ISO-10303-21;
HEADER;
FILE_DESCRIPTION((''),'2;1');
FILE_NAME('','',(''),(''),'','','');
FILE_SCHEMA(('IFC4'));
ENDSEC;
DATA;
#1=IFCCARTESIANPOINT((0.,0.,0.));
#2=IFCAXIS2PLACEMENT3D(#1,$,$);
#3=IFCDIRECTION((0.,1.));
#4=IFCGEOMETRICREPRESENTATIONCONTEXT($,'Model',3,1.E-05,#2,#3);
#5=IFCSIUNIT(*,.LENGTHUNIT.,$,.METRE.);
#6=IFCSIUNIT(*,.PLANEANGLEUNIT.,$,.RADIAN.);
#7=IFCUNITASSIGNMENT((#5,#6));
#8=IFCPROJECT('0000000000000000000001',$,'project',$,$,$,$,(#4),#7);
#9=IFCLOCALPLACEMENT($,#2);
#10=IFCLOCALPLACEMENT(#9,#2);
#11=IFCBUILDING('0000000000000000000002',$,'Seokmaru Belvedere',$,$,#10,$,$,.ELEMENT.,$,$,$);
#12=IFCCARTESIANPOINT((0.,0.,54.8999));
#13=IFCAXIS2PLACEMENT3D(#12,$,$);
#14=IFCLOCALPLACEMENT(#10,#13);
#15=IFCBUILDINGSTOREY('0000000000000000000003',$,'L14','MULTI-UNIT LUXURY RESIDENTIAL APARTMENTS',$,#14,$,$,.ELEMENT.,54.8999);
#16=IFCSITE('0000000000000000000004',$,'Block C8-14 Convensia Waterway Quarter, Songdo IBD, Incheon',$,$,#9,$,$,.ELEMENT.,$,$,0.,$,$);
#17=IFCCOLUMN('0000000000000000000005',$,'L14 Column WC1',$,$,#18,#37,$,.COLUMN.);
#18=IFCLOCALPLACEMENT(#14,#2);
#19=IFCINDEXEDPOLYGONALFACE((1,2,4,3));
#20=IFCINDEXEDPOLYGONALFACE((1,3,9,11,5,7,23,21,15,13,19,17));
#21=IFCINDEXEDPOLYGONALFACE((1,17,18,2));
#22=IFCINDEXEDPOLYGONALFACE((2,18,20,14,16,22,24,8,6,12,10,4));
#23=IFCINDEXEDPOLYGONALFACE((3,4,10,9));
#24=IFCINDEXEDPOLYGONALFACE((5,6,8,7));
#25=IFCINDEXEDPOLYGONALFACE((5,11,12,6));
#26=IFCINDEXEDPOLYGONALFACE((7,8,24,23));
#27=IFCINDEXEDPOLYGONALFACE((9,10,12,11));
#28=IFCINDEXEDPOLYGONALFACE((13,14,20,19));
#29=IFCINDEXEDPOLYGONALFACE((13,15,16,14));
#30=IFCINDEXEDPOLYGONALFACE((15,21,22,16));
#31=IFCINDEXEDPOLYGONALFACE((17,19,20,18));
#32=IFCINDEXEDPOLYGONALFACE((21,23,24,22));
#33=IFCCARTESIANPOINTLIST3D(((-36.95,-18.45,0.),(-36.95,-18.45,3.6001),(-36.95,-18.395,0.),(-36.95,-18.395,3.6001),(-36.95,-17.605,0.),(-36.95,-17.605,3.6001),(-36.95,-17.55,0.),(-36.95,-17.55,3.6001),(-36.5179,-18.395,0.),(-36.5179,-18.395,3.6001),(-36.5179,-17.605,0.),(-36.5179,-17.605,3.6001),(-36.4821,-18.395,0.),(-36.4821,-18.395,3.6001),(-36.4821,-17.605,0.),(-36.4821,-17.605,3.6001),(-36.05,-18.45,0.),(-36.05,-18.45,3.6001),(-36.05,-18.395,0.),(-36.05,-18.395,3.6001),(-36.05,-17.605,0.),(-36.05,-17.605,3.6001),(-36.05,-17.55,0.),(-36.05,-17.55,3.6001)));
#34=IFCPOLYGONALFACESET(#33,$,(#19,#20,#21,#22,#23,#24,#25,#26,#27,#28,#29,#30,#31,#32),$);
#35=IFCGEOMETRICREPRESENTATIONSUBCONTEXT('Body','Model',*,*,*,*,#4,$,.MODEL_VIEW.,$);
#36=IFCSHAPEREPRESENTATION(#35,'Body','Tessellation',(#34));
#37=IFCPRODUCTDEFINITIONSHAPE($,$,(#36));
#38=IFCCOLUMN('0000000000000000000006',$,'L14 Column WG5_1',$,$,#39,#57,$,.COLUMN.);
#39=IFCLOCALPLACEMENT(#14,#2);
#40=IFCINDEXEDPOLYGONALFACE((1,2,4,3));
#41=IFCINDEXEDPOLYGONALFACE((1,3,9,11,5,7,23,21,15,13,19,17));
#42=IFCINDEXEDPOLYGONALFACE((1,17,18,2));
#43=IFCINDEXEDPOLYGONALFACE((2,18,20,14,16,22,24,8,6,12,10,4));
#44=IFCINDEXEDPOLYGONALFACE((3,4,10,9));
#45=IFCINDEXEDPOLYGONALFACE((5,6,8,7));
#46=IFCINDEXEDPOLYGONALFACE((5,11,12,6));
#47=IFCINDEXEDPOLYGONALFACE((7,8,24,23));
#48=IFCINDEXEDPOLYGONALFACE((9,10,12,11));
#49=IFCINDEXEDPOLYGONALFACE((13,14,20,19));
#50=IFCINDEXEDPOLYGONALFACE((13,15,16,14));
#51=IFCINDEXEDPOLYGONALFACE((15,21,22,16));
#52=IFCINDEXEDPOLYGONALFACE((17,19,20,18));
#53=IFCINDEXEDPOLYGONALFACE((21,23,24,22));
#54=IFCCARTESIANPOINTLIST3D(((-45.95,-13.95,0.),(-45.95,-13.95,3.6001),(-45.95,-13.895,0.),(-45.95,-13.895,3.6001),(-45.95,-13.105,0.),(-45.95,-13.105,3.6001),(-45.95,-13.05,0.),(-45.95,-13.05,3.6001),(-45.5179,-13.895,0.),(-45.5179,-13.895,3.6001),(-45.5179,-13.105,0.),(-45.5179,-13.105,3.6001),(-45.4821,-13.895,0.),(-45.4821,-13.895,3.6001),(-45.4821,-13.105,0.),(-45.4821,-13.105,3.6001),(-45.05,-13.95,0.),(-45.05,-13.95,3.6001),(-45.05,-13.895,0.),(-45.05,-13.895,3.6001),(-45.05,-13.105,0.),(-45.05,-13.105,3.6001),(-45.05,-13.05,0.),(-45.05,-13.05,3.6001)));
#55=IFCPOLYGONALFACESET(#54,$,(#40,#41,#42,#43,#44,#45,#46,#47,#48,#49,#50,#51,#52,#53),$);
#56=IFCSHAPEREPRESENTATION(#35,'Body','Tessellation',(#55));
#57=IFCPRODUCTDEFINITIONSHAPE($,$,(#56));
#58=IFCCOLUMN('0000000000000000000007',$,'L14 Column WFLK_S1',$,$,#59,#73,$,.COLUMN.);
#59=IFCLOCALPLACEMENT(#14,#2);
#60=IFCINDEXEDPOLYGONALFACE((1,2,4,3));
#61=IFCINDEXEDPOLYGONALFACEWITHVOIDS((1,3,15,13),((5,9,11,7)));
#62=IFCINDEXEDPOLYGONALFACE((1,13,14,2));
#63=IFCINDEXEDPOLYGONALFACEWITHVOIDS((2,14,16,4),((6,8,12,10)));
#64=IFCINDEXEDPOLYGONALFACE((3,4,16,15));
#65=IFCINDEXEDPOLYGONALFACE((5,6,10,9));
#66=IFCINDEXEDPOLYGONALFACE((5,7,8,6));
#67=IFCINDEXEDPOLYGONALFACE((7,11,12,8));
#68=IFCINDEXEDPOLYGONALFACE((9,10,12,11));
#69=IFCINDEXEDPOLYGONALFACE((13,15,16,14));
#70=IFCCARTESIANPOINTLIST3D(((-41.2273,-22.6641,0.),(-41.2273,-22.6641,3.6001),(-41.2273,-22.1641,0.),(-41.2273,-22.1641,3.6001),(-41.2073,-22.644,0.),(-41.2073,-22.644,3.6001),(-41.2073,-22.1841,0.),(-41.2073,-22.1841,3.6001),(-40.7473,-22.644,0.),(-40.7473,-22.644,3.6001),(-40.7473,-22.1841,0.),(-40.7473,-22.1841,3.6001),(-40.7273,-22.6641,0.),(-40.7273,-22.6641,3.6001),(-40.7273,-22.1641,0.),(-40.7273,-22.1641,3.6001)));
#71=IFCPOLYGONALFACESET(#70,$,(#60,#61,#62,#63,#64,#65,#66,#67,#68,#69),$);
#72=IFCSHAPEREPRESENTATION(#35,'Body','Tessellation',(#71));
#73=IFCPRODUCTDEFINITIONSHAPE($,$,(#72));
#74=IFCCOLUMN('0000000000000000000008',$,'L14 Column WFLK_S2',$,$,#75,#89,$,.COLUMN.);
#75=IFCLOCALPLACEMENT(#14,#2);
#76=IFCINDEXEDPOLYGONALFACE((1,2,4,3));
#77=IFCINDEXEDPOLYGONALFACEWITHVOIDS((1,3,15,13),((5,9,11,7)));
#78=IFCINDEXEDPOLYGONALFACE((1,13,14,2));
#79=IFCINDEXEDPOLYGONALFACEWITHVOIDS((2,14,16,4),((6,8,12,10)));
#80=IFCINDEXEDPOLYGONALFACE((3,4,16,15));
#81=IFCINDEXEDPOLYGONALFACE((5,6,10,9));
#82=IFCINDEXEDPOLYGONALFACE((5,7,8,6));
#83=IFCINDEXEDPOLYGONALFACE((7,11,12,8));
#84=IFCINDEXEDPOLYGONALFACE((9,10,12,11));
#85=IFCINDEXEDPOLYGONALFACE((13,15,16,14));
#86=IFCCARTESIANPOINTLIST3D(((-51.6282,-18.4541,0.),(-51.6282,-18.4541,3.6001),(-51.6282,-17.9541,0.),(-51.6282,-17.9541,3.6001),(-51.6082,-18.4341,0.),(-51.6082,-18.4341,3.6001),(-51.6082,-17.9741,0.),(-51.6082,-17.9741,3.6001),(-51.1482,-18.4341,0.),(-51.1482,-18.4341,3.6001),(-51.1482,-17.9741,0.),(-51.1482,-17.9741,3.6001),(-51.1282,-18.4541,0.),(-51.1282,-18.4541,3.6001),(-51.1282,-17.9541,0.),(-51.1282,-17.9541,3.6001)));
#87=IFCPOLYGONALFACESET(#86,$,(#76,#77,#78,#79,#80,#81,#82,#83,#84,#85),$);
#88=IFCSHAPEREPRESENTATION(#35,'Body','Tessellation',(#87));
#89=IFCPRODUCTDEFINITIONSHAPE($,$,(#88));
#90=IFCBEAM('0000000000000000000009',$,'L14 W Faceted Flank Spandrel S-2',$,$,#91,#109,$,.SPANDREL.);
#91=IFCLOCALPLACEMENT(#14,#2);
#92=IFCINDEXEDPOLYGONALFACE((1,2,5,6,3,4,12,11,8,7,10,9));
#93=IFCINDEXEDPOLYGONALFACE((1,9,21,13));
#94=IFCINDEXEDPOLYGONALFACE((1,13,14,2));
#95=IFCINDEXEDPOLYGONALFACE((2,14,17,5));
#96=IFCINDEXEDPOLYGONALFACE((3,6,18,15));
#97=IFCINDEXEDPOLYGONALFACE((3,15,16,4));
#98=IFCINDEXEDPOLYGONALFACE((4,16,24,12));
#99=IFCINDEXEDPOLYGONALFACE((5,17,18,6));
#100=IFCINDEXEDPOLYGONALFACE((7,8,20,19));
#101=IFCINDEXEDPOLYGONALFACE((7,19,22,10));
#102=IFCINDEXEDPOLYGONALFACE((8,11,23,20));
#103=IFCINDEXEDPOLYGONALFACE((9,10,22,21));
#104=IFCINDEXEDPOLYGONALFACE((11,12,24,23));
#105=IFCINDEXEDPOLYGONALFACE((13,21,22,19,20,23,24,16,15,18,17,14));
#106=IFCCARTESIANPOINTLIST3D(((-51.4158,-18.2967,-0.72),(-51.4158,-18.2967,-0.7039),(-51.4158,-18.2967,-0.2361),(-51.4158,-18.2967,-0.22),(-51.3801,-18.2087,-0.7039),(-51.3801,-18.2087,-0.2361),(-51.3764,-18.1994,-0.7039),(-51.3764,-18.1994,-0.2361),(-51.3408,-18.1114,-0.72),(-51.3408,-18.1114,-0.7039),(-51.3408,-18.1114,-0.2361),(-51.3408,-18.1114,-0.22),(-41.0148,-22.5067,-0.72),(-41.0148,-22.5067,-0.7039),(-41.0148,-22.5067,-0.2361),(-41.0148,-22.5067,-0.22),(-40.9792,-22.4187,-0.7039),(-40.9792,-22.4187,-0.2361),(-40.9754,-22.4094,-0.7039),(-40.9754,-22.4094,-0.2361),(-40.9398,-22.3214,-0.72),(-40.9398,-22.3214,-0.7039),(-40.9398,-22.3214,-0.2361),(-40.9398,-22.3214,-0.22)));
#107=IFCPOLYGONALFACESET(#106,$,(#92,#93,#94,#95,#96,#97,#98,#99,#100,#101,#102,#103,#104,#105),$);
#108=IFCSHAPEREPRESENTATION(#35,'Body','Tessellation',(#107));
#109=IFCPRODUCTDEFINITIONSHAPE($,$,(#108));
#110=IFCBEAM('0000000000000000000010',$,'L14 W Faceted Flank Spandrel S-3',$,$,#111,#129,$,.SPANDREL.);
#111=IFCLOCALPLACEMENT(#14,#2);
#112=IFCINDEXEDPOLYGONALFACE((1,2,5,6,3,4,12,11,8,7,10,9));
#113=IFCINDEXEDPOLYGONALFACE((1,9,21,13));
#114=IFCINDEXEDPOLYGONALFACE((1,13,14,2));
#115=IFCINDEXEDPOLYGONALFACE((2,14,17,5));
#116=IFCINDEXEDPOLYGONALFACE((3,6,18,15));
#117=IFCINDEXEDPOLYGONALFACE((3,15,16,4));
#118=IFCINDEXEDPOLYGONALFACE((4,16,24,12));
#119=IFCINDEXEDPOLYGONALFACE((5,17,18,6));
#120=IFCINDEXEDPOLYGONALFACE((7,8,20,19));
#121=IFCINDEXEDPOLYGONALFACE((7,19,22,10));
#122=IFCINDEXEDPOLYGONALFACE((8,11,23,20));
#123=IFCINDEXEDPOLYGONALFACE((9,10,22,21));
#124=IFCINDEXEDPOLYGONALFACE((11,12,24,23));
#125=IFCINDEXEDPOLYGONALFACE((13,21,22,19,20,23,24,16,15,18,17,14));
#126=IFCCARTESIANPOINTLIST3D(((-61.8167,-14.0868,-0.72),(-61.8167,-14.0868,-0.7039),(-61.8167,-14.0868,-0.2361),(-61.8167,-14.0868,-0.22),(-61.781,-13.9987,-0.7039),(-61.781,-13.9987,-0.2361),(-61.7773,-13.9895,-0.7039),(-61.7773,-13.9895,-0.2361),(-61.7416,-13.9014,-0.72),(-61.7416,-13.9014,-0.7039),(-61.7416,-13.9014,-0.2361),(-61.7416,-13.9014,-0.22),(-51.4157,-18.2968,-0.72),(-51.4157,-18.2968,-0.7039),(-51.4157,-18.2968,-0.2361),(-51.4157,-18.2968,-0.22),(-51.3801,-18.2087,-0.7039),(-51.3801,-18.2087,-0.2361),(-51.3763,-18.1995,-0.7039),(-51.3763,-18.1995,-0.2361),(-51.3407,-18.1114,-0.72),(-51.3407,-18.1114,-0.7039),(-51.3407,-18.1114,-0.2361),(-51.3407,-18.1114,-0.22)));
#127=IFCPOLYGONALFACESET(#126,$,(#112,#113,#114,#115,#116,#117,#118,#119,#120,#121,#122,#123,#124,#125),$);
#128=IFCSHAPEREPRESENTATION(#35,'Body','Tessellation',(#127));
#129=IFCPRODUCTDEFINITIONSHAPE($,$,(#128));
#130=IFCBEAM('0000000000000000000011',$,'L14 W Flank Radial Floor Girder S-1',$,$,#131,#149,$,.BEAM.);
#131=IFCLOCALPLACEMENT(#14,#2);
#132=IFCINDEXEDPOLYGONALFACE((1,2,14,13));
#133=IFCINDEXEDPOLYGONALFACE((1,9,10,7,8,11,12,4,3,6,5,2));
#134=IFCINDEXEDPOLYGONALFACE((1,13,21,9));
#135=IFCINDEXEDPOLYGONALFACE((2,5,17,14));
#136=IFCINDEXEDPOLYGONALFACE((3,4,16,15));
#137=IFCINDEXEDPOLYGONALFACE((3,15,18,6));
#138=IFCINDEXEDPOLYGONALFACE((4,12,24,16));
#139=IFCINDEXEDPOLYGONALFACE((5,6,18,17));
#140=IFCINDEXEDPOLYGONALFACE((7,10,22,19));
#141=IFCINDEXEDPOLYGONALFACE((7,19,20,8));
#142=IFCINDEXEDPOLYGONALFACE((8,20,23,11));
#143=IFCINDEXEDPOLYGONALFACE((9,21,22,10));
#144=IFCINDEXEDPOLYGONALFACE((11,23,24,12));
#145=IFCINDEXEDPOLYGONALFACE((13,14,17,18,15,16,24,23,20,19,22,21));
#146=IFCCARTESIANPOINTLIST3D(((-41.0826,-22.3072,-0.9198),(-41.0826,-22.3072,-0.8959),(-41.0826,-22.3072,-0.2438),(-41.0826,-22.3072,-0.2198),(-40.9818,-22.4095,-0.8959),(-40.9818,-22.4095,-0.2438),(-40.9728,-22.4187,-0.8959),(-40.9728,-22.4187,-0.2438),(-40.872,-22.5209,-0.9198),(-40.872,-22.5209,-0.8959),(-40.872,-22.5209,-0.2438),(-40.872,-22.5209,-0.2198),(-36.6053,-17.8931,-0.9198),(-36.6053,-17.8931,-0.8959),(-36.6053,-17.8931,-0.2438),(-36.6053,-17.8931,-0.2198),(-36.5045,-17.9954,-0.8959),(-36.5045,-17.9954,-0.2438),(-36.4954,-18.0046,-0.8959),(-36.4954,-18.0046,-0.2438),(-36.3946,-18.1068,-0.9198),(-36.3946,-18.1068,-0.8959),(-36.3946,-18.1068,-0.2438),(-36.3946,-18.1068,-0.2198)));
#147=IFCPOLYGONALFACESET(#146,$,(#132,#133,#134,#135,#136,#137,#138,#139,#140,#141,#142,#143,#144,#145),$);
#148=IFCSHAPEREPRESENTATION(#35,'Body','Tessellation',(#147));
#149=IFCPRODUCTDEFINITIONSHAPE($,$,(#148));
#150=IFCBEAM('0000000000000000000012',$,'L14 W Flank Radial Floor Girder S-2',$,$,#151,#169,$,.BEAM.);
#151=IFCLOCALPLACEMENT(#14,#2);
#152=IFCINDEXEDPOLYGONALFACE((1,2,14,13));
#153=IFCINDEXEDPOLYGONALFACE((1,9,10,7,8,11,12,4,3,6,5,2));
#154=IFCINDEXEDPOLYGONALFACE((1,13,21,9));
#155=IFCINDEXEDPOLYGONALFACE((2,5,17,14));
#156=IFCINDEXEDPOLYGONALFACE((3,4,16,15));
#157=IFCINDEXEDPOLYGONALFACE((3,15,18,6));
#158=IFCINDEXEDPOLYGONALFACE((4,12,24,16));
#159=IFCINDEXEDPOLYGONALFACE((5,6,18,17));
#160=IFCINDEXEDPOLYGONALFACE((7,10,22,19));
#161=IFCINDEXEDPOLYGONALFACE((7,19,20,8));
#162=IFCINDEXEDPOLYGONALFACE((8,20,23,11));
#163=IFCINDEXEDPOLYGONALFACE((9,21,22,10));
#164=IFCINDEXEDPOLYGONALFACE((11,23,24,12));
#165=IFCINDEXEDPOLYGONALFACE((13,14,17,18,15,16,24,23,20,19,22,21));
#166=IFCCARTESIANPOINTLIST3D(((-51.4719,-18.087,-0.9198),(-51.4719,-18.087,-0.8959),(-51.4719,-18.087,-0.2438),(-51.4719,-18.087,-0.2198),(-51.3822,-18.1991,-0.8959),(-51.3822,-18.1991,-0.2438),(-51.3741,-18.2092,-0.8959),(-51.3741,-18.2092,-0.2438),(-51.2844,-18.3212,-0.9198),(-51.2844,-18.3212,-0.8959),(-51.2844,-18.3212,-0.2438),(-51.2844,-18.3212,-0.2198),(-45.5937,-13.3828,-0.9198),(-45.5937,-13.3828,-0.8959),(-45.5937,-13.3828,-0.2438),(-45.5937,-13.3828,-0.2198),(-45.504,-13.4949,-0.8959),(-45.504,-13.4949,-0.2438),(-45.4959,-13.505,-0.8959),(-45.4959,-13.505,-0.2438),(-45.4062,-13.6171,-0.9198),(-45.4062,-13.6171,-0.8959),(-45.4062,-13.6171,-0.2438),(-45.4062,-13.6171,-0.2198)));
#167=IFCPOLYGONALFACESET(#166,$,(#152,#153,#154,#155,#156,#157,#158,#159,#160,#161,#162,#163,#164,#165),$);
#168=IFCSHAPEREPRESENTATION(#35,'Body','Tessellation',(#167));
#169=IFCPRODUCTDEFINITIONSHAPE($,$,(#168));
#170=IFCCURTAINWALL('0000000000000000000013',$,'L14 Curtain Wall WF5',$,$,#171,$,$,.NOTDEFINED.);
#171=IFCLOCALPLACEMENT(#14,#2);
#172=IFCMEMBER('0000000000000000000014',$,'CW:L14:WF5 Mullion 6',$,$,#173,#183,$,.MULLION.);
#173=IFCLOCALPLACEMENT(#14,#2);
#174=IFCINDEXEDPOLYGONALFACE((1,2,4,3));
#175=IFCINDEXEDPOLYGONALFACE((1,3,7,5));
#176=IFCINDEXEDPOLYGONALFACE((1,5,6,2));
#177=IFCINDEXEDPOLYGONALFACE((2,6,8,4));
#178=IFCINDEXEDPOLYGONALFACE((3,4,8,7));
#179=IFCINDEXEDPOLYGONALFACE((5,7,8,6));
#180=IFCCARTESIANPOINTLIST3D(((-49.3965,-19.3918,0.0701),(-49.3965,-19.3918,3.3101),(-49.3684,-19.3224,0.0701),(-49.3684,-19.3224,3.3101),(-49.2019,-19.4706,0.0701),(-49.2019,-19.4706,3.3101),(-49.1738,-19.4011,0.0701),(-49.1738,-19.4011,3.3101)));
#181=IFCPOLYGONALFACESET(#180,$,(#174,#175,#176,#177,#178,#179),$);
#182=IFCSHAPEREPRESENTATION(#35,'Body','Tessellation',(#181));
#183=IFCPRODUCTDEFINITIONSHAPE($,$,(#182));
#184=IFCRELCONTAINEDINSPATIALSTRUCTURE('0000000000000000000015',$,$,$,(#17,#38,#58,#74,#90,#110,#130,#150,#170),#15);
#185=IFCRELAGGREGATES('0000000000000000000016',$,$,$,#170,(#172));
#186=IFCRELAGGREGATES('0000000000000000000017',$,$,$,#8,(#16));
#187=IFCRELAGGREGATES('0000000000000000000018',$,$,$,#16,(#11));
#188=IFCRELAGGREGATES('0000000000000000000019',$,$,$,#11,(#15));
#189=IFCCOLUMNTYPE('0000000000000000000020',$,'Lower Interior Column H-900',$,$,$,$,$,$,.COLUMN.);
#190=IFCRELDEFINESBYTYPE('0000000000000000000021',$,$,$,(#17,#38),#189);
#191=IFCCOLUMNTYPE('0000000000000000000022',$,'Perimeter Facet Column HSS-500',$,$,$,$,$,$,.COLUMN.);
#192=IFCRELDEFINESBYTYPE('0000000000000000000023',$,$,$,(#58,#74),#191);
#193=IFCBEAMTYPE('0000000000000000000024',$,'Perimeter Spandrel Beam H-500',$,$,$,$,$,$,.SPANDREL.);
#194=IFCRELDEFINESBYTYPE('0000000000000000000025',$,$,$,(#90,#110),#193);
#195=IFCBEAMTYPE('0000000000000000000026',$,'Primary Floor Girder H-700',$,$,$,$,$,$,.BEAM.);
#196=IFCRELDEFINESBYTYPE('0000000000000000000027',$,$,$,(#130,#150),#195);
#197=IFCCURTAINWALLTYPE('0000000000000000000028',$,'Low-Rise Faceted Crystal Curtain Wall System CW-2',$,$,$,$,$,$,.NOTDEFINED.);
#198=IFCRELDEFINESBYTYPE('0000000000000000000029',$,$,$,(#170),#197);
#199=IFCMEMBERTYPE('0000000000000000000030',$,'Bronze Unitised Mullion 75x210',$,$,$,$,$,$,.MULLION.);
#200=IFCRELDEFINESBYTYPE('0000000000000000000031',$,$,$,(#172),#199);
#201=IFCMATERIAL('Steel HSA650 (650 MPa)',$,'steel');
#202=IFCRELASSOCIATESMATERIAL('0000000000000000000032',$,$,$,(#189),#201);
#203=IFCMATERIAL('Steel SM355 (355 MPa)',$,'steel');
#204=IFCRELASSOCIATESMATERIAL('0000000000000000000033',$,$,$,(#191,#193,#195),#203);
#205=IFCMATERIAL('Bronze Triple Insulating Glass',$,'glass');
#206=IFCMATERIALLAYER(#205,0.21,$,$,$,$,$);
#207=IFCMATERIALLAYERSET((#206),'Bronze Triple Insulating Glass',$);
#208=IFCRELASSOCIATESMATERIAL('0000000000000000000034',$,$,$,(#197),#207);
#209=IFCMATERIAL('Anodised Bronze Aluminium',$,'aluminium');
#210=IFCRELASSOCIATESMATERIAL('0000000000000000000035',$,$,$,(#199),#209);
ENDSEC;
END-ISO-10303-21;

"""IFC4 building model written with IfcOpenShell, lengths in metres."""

from ifc_helpers import new_model, si_unit, direction, frame, origin, origin_2d, place, context, subcontext, project, spatial, rectangle, hollow_rectangle, i_section, extrude, source, transform, mapped, material, layer, layer_set, material_profile, profile_set, type_object, type_shapes, element, aggregate, save


model = new_model("IFC4")

# Units and contexts
model_context = context("Model", 3, precision=1e-05, world=origin(), true_north=direction((0.0, 1.0)))
body_context = subcontext(model_context, "Body", "Model", "MODEL_VIEW")
ifc_project = project(units=[si_unit("LENGTHUNIT", "METRE"), si_unit("PLANEANGLEUNIT", "RADIAN")], contexts=[model_context])

# Site, building, storey
site_placement = place(None, origin())
site = spatial("IfcSite", under=ifc_project, at=site_placement, Name="Block C8-14 Convensia Waterway Quarter, Songdo IBD, Incheon", CompositionType="ELEMENT", RefElevation=0.0)
building_placement = place(site_placement, origin())
building = spatial("IfcBuilding", under=site, at=building_placement, Name="Seokmaru Belvedere", CompositionType="ELEMENT")
storey_placement = place(building_placement, frame((0.0, 0.0, 54.8999)))
storey = spatial("IfcBuildingStorey", under=building, at=storey_placement, Name="L14", Description="MULTI-UNIT LUXURY RESIDENTIAL APARTMENTS", CompositionType="ELEMENT", Elevation=54.8999)

# Columns
ifc_material_1 = material(Name="Steel HSA650 (650 MPa)", Category="steel")
ifc_material_profile_1 = material_profile(ifc_material_1, i_section(OverallWidth=0.8999, OverallDepth=0.8999, WebThickness=0.0359, FlangeThickness=0.0549, at=origin_2d()), Name="H-900x900x36x55")
ifc_profile_set_1 = profile_set([ifc_material_profile_1], Name="Steel HSA650 (650 MPa)")
column_type_1 = type_object("IfcColumnType", Name="Lower Interior Column H-900", PredefinedType="COLUMN", material=ifc_profile_set_1)
shared_shape_1 = source(origin(), body_context, "Body", "SweptSolid", [
    extrude(i_section(OverallWidth=0.8999, OverallDepth=0.8999, WebThickness=0.0359, FlangeThickness=0.0549, at=origin_2d()), origin(), (0.0, 0.0, 1.0), 3.6001),
])
type_shapes(column_type_1, [shared_shape_1])
for number, where, z_axis, x_axis, name in (
    (1, (-36.5, -18.0, 0.0), (0.0, 0.0, 1.0), (1.0, 0.0, 0.0), "L14 Column WC1"),
    (2, (-45.5, -13.5, 0.0), (0.0, 0.0, 1.0), (1.0, 0.0, 0.0), "L14 Column WG5_1"),
):
    element("IfcColumn", number, at=place(storey_placement, frame(where, z_axis=z_axis, x_axis=x_axis)), inside=storey, type_object=column_type_1, Name=name, PredefinedType="COLUMN", context=body_context, shape_type="MappedRepresentation", body=[
        mapped(shared_shape_1, transform((0.0, 0.0, 0.0), scale=1.0)),
    ])
ifc_material_2 = material(Name="Steel SM355 (355 MPa)", Category="steel")
ifc_material_profile_2 = material_profile(ifc_material_2, hollow_rectangle(XDim=0.5, YDim=0.5, WallThickness=0.02, at=origin_2d()), Name="HSS-500x500x20")
ifc_profile_set_2 = profile_set([ifc_material_profile_2], Name="Steel SM355 (355 MPa)")
column_type_2 = type_object("IfcColumnType", Name="Perimeter Facet Column HSS-500", PredefinedType="COLUMN", material=ifc_profile_set_2)
shared_shape_2 = source(origin(), body_context, "Body", "SweptSolid", [
    extrude(hollow_rectangle(XDim=0.5, YDim=0.5, WallThickness=0.02, at=origin_2d()), origin(), (0.0, 0.0, 1.0), 3.6001),
])
type_shapes(column_type_2, [shared_shape_2])
for number, where, z_axis, x_axis, name in (
    (3, (-40.9773, -22.4141, 0.0), (0.0, 0.0, 1.0), (1.0, 0.0, 0.0), "L14 Column WFLK_S1"),
    (4, (-51.3782, -18.2041, 0.0), (0.0, 0.0, 1.0), (1.0, 0.0, 0.0), "L14 Column WFLK_S2"),
):
    element("IfcColumn", number, at=place(storey_placement, frame(where, z_axis=z_axis, x_axis=x_axis)), inside=storey, type_object=column_type_2, Name=name, PredefinedType="COLUMN", context=body_context, shape_type="MappedRepresentation", body=[
        mapped(shared_shape_2, transform((0.0, 0.0, 0.0), scale=1.0)),
    ])

# Beams
ifc_material_profile_3 = material_profile(ifc_material_2, i_section(OverallWidth=0.2, OverallDepth=0.5, WebThickness=0.01, FlangeThickness=0.0161, at=origin_2d()), Name="H-500x200x10x16")
ifc_profile_set_3 = profile_set([ifc_material_profile_3], Name="Steel SM355 (355 MPa)")
beam_type_1 = type_object("IfcBeamType", Name="Perimeter Spandrel Beam H-500", PredefinedType="SPANDREL", material=ifc_profile_set_3)
shared_shape_3 = source(origin(), body_context, "Body", "SweptSolid", [
    extrude(i_section(OverallWidth=0.2, OverallDepth=0.5, WebThickness=0.01, FlangeThickness=0.0161, at=origin_2d()), origin(), (0.0, 0.0, 1.0), 11.2207),
])
type_shapes(beam_type_1, [shared_shape_3])
for number, where, z_axis, x_axis, name in (
    (5, (-40.9773, -22.4141, -0.47), (-0.926944, 0.375199, 0.0), (-0.375199, -0.926944, 0.0), "L14 W Faceted Flank Spandrel S-2"),
    (6, (-51.3782, -18.2041, -0.47), (-0.926944, 0.375199, 0.0), (-0.375199, -0.926944, 0.0), "L14 W Faceted Flank Spandrel S-3"),
):
    element("IfcBeam", number, at=place(storey_placement, frame(where, z_axis=z_axis, x_axis=x_axis)), inside=storey, type_object=beam_type_1, Name=name, PredefinedType="SPANDREL", context=body_context, shape_type="MappedRepresentation", body=[
        mapped(shared_shape_3, transform((0.0, 0.0, 0.0), scale=1.0)),
    ])
ifc_material_profile_4 = material_profile(ifc_material_2, i_section(OverallWidth=0.3, OverallDepth=0.7, WebThickness=0.0129, FlangeThickness=0.0239, at=origin_2d()), Name="H-700x300x13x24")
ifc_profile_set_4 = profile_set([ifc_material_profile_4], Name="Steel SM355 (355 MPa)")
beam_type_2 = type_object("IfcBeamType", Name="Primary Floor Girder H-700", PredefinedType="BEAM", material=ifc_profile_set_4)
shared_shape_4 = source(origin(), body_context, "Body", "SweptSolid", [
    extrude(i_section(OverallWidth=0.3, OverallDepth=0.7, WebThickness=0.0129, FlangeThickness=0.0239, at=origin_2d()), origin(), (0.0, 0.0, 1.0), 6.2874),
])
beam_1_placement = place(storey_placement, frame((-40.9773, -22.4141, -0.5698), z_axis=(0.712117, 0.70206, 0.0), x_axis=(-0.70206, 0.712117, 0.0)))
element("IfcBeam", 7, at=beam_1_placement, inside=storey, type_object=beam_type_2, Name="L14 W Flank Radial Floor Girder S-1", PredefinedType="BEAM", context=body_context, shape_type="MappedRepresentation", body=[
    mapped(shared_shape_4, transform((0.0, 0.0, 0.0), scale=1.0)),
])
shared_shape_5 = source(origin(), body_context, "Body", "SweptSolid", [
    extrude(i_section(OverallWidth=0.3, OverallDepth=0.7, WebThickness=0.0129, FlangeThickness=0.0239, at=origin_2d()), origin(), (0.0, 0.0, 1.0), 7.5288),
])
type_shapes(beam_type_2, [shared_shape_4, shared_shape_5])
beam_2_placement = place(storey_placement, frame((-51.3782, -18.2041, -0.5698), z_axis=(0.780768, 0.624822, 0.0), x_axis=(-0.624822, 0.780768, 0.0)))
element("IfcBeam", 8, at=beam_2_placement, inside=storey, type_object=beam_type_2, Name="L14 W Flank Radial Floor Girder S-2", PredefinedType="BEAM", context=body_context, shape_type="MappedRepresentation", body=[
    mapped(shared_shape_5, transform((0.0, 0.0, 0.0), scale=1.0)),
])

# Curtain wall, member
ifc_material_3 = material(Name="Bronze Triple Insulating Glass", Category="glass")
ifc_layer_1 = layer(ifc_material_3, 0.21)
ifc_layer_set_1 = layer_set([ifc_layer_1], Name="Bronze Triple Insulating Glass")
curtain_wall_type = type_object("IfcCurtainWallType", Name="Low-Rise Faceted Crystal Curtain Wall System CW-2", PredefinedType="NOTDEFINED", material=ifc_layer_set_1)
curtain_wall_placement = place(storey_placement, origin())
curtain_wall = element("IfcCurtainWall", 9, at=curtain_wall_placement, inside=storey, type_object=curtain_wall_type, Name="L14 Curtain Wall WF5", PredefinedType="NOTDEFINED")
ifc_material_4 = material(Name="Anodised Bronze Aluminium", Category="aluminium")
ifc_material_profile_5 = material_profile(ifc_material_4, rectangle(XDim=0.075, YDim=0.21, at=origin_2d()), Name="CW-M-75x210")
ifc_profile_set_5 = profile_set([ifc_material_profile_5], Name="Anodised Bronze Aluminium")
member_type = type_object("IfcMemberType", Name="Bronze Unitised Mullion 75x210", PredefinedType="MULLION", material=ifc_profile_set_5)
shared_shape_6 = source(origin(), body_context, "Body", "SweptSolid", [
    extrude(rectangle(XDim=0.075, YDim=0.21, at=origin_2d()), origin(), (0.0, 0.0, 1.0), 3.24),
])
type_shapes(member_type, [shared_shape_6])
member_1_placement = place(storey_placement, frame((-49.2852, -19.3965, 0.0701), z_axis=(0.0, 0.0, 1.0), x_axis=(0.375192, 0.926947, 0.0)))
member_1 = element("IfcMember", 10, at=member_1_placement, type_object=member_type, Name="CW:L14:WF5 Mullion 6", PredefinedType="MULLION", context=body_context, shape_type="MappedRepresentation", body=[
    mapped(shared_shape_6, transform((0.0, 0.0, 0.0), scale=1.0)),
])
aggregate(curtain_wall, [member_1])

save(model, "model.ifc")
